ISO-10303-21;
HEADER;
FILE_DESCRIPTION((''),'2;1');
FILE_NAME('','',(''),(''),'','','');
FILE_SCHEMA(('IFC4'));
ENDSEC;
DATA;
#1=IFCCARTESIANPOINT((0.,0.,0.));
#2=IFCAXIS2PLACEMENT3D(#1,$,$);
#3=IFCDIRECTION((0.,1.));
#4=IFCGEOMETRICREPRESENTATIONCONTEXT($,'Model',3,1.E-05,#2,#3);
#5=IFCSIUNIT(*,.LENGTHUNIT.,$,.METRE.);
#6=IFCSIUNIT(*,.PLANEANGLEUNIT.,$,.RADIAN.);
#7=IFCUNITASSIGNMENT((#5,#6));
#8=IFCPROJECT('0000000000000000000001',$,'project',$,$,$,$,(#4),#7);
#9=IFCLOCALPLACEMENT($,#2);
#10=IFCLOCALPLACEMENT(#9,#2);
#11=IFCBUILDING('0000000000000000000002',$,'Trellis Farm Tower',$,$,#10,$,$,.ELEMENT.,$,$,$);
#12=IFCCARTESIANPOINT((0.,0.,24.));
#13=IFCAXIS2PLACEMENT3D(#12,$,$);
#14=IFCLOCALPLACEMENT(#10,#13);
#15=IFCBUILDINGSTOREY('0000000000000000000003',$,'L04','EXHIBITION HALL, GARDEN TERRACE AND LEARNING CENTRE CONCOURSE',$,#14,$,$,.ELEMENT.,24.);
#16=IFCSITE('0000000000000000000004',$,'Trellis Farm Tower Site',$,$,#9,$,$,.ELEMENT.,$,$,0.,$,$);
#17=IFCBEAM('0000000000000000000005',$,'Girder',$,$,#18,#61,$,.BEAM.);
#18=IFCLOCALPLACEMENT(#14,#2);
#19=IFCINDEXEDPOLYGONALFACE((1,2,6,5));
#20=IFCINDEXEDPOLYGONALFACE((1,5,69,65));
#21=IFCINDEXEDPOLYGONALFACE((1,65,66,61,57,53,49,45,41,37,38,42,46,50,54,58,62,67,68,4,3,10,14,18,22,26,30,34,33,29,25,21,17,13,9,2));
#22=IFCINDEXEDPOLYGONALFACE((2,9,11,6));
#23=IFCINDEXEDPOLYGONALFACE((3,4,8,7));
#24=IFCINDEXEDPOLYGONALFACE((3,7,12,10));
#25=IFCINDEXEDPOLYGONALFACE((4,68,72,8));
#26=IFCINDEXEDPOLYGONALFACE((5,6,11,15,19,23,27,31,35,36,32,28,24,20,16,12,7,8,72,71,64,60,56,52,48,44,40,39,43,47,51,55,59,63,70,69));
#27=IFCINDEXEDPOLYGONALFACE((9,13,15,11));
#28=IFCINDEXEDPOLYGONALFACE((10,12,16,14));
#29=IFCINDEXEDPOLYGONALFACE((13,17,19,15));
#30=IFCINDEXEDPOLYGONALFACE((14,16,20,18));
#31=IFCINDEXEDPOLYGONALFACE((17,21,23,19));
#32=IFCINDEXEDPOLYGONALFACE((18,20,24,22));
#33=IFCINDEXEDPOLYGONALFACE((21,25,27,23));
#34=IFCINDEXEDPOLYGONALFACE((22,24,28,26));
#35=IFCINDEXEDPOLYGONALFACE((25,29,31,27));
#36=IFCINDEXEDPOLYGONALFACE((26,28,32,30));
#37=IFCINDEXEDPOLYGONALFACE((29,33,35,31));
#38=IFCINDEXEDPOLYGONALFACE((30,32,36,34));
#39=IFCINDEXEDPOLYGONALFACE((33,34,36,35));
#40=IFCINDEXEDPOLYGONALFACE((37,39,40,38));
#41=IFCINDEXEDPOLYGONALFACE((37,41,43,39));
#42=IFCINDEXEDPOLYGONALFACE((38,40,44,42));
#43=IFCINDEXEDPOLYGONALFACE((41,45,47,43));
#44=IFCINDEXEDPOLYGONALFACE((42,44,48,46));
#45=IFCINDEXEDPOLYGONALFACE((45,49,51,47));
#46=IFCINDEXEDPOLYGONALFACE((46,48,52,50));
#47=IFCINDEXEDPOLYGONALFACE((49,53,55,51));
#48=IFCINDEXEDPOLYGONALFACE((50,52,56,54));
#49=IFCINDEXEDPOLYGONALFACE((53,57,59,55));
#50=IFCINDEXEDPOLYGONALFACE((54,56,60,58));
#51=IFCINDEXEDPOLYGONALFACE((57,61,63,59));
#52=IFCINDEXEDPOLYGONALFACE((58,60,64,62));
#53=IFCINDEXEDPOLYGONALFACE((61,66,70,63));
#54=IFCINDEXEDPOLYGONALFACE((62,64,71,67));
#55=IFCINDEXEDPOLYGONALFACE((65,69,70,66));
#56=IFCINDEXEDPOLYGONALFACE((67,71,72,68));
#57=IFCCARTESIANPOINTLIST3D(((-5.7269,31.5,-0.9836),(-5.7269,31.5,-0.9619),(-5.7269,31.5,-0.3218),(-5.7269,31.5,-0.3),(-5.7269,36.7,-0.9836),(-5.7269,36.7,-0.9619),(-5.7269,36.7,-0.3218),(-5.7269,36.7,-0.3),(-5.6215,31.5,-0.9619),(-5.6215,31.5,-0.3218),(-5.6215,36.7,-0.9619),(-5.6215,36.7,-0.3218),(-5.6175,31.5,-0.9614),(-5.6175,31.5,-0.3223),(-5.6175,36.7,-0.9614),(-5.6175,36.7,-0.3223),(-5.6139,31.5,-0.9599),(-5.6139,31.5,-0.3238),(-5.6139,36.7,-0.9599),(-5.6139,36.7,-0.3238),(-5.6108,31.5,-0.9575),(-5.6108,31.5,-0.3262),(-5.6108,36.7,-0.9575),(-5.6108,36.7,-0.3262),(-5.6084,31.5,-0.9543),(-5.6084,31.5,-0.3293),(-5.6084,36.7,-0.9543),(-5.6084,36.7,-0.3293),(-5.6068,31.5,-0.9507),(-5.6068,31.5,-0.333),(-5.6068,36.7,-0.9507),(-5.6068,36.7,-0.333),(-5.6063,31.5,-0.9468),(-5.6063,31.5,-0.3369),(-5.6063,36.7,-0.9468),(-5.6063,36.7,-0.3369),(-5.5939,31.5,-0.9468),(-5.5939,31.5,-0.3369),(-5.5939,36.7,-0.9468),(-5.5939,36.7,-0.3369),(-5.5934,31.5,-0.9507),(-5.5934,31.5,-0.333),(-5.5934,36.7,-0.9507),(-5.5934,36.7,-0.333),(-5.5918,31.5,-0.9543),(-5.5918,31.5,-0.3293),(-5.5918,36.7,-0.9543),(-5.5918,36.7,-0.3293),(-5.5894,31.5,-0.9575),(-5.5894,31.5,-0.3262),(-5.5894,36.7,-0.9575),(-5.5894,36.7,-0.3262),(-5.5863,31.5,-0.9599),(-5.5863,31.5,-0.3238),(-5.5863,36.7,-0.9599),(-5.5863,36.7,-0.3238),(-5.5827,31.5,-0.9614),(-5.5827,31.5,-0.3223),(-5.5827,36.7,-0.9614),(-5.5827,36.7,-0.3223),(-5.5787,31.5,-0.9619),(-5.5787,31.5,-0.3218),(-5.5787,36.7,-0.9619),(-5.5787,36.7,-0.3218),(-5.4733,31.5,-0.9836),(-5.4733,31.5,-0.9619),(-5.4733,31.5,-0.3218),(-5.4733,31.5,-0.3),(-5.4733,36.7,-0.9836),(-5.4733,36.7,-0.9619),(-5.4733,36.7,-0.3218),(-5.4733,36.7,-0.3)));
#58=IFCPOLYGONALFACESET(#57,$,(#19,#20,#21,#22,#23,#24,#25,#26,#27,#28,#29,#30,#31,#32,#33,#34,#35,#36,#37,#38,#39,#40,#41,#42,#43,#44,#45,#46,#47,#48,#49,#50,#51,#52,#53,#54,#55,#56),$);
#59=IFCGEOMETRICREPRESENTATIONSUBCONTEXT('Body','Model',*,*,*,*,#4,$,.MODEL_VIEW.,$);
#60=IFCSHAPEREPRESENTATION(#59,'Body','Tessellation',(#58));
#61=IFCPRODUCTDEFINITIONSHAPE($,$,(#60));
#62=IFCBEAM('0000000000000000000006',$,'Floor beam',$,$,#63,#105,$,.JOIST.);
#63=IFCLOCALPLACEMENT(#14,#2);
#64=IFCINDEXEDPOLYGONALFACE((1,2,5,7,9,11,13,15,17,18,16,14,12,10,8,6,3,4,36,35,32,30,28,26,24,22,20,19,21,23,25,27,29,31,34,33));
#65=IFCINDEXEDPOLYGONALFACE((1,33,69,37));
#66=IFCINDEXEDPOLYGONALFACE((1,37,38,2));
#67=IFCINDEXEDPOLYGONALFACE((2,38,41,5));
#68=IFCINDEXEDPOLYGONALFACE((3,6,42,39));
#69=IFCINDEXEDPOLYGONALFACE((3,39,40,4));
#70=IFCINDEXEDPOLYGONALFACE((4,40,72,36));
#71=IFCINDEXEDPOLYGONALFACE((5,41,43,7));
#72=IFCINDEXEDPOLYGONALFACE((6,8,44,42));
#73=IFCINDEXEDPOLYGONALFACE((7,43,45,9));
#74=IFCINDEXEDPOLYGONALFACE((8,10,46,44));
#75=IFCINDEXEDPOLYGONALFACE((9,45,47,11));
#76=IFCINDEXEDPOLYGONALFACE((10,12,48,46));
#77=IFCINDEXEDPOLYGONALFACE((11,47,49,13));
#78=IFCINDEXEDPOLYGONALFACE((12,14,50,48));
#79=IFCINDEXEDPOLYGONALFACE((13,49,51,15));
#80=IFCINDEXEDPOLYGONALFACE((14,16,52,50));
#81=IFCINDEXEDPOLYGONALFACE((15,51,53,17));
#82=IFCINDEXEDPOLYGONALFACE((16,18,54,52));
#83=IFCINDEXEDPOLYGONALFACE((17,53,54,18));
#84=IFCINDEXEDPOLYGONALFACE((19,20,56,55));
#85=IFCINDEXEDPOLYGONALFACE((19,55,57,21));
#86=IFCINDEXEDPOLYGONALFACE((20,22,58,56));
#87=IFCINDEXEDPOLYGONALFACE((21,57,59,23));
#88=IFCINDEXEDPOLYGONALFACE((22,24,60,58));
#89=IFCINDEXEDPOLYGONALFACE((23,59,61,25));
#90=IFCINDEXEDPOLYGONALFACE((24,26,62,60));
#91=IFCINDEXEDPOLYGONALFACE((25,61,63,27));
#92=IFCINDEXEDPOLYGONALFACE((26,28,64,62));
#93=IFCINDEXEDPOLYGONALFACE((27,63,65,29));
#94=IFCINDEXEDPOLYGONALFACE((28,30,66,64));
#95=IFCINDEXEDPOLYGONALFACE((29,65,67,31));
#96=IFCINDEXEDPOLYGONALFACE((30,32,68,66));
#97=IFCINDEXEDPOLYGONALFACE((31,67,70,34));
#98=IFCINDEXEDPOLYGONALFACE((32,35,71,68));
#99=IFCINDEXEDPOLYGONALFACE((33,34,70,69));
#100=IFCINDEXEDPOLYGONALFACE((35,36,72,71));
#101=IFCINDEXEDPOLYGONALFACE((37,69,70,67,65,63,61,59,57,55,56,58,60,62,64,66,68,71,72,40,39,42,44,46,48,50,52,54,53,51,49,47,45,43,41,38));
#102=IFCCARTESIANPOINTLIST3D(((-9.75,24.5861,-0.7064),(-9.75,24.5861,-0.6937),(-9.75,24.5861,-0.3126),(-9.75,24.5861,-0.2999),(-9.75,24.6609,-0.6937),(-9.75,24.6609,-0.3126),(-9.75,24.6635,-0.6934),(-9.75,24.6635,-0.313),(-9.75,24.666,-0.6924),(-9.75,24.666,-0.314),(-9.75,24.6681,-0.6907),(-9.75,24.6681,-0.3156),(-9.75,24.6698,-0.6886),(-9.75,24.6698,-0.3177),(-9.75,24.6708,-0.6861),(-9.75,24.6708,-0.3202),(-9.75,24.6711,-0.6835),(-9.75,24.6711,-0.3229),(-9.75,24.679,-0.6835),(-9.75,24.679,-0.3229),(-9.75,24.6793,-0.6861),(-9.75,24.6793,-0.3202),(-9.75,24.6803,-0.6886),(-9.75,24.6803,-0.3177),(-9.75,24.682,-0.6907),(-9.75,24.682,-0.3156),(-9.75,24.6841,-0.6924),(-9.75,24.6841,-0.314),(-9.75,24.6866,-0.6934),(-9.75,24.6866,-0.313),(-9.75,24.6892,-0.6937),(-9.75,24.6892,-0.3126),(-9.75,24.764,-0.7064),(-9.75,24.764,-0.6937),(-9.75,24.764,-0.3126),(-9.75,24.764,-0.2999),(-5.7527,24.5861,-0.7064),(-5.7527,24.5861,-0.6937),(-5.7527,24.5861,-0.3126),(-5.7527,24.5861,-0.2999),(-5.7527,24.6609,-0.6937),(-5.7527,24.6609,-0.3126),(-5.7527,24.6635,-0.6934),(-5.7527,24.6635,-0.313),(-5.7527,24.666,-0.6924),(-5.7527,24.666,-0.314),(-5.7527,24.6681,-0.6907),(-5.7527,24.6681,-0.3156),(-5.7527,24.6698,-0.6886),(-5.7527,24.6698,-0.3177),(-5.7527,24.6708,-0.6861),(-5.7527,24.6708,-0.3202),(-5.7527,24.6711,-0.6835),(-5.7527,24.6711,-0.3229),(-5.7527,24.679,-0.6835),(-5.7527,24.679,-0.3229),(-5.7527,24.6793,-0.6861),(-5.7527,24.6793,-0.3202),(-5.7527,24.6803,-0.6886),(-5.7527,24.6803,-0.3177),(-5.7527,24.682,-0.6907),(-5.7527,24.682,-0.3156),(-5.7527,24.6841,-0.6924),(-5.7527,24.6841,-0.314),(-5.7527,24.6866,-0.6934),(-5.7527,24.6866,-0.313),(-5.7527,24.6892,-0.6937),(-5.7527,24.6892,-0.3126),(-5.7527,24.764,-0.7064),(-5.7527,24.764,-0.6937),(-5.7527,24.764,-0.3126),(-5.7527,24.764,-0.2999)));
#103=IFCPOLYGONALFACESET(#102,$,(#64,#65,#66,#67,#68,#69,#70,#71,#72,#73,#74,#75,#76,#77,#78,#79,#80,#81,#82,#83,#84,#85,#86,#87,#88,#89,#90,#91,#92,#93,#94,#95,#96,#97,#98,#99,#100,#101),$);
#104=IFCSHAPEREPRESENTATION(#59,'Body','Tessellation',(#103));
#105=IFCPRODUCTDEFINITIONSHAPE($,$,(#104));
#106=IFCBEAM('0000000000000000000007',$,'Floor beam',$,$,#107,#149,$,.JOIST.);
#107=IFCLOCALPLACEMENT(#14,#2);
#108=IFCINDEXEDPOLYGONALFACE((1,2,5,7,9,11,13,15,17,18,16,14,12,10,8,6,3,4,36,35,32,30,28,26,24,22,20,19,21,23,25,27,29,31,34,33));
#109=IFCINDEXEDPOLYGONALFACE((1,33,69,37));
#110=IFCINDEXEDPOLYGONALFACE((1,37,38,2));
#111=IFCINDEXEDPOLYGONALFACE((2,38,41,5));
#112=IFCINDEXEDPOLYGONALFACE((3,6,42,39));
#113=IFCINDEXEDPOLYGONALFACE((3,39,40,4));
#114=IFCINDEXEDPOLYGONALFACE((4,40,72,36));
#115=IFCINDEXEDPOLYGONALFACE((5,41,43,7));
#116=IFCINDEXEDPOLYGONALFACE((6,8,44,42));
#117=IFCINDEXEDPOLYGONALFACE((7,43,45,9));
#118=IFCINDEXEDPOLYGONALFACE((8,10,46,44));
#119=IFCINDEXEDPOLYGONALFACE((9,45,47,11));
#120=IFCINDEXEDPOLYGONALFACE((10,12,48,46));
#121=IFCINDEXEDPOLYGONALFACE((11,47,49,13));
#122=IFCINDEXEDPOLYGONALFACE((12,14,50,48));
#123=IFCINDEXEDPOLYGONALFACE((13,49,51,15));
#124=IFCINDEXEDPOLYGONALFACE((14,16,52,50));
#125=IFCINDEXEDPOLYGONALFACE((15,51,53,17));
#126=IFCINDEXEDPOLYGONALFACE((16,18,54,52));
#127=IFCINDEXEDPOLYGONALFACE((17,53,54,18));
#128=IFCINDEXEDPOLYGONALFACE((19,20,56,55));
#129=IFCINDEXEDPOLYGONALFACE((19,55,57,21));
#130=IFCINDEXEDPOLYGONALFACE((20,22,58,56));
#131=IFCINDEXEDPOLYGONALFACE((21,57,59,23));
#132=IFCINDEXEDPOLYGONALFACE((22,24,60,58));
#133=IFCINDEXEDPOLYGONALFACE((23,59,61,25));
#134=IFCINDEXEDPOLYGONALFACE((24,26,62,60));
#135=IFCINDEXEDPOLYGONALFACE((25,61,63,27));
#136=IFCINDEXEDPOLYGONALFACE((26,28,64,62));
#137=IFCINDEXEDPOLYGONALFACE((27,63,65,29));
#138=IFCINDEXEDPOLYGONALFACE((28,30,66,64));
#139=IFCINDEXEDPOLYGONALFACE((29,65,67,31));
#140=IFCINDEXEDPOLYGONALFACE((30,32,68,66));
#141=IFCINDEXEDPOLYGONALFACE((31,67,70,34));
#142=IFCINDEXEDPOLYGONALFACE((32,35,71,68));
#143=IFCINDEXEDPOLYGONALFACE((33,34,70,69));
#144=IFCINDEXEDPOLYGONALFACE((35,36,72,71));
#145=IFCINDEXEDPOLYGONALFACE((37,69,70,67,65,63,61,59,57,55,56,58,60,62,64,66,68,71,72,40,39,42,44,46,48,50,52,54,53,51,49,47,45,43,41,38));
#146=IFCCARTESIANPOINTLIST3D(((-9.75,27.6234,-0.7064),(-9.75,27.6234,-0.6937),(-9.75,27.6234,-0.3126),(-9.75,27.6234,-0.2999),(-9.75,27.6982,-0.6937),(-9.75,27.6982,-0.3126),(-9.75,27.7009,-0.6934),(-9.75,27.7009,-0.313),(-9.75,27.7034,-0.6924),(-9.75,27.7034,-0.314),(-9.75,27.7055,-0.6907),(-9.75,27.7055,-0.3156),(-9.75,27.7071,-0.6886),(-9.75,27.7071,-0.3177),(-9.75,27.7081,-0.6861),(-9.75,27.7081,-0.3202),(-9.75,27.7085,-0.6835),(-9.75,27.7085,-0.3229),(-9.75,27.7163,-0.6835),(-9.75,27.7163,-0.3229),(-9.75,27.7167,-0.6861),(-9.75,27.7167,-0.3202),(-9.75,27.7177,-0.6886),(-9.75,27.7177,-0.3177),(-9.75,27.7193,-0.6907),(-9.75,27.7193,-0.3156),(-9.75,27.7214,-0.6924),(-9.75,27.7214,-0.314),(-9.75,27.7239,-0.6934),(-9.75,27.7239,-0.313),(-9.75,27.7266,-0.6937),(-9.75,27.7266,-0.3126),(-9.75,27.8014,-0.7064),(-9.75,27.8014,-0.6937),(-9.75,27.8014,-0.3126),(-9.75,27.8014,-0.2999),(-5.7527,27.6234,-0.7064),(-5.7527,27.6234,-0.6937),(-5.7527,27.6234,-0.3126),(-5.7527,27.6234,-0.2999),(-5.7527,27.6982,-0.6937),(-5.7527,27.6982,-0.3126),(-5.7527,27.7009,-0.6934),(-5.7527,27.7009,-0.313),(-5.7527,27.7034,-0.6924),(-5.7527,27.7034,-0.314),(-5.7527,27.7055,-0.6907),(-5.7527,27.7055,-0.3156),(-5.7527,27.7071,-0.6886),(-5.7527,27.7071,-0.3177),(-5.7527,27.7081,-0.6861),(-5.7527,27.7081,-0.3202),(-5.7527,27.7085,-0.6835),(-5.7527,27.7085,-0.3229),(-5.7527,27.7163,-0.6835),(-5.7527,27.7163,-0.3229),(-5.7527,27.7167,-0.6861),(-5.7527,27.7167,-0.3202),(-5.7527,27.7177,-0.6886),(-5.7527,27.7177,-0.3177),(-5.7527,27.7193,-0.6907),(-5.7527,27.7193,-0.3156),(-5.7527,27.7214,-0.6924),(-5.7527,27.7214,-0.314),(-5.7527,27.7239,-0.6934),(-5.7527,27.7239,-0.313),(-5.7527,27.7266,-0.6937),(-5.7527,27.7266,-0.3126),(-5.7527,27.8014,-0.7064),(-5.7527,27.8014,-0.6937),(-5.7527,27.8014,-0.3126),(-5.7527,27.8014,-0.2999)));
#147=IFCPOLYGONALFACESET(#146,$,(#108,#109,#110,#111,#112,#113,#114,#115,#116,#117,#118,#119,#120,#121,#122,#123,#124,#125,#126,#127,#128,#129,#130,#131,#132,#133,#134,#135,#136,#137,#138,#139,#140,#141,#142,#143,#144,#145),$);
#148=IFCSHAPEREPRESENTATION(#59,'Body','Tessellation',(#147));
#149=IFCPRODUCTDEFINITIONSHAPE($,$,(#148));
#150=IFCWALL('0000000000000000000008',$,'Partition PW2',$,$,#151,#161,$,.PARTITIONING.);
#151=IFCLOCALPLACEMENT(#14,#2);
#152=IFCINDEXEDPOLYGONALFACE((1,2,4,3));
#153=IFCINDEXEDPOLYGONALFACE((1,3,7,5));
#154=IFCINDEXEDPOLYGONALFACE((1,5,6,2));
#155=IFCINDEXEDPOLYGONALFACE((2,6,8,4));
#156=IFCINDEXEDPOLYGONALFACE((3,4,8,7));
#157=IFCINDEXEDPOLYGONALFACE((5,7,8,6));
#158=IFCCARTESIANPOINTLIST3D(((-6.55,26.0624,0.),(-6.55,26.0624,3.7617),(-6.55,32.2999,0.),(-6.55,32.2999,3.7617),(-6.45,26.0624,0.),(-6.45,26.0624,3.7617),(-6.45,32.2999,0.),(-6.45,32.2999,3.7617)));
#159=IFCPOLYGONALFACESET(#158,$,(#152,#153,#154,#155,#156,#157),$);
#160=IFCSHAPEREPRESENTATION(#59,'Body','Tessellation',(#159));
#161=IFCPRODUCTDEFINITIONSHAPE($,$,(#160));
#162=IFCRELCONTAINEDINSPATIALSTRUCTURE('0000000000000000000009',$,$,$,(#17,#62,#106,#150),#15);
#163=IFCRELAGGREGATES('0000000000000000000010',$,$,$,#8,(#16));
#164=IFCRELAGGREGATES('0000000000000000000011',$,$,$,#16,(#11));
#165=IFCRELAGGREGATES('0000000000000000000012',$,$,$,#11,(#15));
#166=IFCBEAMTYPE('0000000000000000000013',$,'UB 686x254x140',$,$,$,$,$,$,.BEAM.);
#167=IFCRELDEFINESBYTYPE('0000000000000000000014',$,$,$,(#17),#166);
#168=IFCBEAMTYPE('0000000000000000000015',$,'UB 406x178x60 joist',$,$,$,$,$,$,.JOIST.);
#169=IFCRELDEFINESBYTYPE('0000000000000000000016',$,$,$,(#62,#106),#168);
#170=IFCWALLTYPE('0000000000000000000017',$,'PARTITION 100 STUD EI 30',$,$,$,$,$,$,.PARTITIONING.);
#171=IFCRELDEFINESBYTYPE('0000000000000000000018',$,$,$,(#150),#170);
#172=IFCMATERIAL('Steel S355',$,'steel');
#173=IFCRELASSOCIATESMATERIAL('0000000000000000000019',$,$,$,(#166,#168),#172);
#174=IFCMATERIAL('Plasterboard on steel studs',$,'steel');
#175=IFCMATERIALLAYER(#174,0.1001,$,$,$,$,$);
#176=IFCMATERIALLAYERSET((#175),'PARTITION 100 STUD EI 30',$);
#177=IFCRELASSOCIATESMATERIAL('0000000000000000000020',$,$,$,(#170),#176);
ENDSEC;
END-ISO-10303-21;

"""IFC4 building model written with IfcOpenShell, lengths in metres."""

from ifc_helpers import new_model, si_unit, direction, frame, frame_2d, origin, origin_2d, place, context, subcontext, project, spatial, rectangle, i_section, extrude, source, transform, mapped, material, layer, layer_set, material_profile, profile_set, type_object, element, save


model = new_model("IFC4")

# Units and contexts
model_context = context("Model", 3, precision=1e-05, world=origin(), true_north=direction((0.0, 1.0)))
body_context = subcontext(model_context, "Body", "Model", "MODEL_VIEW")
ifc_project = project(units=[si_unit("LENGTHUNIT", "METRE"), si_unit("PLANEANGLEUNIT", "RADIAN")], contexts=[model_context])

# Site, building, storey
site_placement = place(None, origin())
site = spatial("IfcSite", under=ifc_project, at=site_placement, Name="Trellis Farm Tower Site", CompositionType="ELEMENT", RefElevation=0.0)
building_placement = place(site_placement, origin())
building = spatial("IfcBuilding", under=site, at=building_placement, Name="Trellis Farm Tower", CompositionType="ELEMENT")
storey_placement = place(building_placement, frame((0.0, 0.0, 24.0)))
storey = spatial("IfcBuildingStorey", under=building, at=storey_placement, Name="L04", Description="EXHIBITION HALL, GARDEN TERRACE AND LEARNING CENTRE CONCOURSE", CompositionType="ELEMENT", Elevation=24.0)

# Beams
ifc_material_1 = material(Name="Steel S355", Category="steel")
ifc_material_profile_1 = material_profile(ifc_material_1, i_section(OverallWidth=0.2537, OverallDepth=0.6836, WebThickness=0.0125, FlangeThickness=0.0217, FilletRadius=0.0151, at=origin_2d()), Name="UB 686x254x140")
ifc_profile_set_1 = profile_set([ifc_material_profile_1], Name="Steel S355")
beam_type_1 = type_object("IfcBeamType", Name="UB 686x254x140", PredefinedType="BEAM", material=ifc_profile_set_1)
shared_shape_1 = source(origin(), body_context, "Body", "SweptSolid", [
    extrude(i_section(OverallWidth=0.2537, OverallDepth=0.6836, WebThickness=0.0125, FlangeThickness=0.0217, FilletRadius=0.0151, at=origin_2d()), origin(), (0.0, 0.0, 1.0), 5.2),
])
beam_1_placement = place(storey_placement, frame((-5.6001, 31.5, -0.6418), z_axis=(0.0, 1.0, 0.0), x_axis=(-1.0, 0.0, 0.0)))
element("IfcBeam", 1, at=beam_1_placement, inside=storey, type_object=beam_type_1, Name="Girder", PredefinedType="BEAM", context=body_context, shape_type="MappedRepresentation", body=[
    mapped(shared_shape_1, transform((0.0, 0.0, 0.0))),
])
ifc_material_profile_2 = material_profile(ifc_material_1, i_section(OverallWidth=0.178, OverallDepth=0.4065, WebThickness=0.0078, FlangeThickness=0.0127, FilletRadius=0.0103, at=origin_2d()), Name="UB 406x178x60")
ifc_profile_set_2 = profile_set([ifc_material_profile_2], Name="Steel S355")
beam_type_2 = type_object("IfcBeamType", Name="UB 406x178x60 joist", PredefinedType="JOIST", material=ifc_profile_set_2)
shared_shape_2 = source(origin(), body_context, "Body", "SweptSolid", [
    extrude(i_section(OverallWidth=0.178, OverallDepth=0.4065, WebThickness=0.0078, FlangeThickness=0.0127, FilletRadius=0.0103, at=origin_2d()), origin(), (0.0, 0.0, 1.0), 3.9973),
])
for number, where, z_axis, x_axis, name in (
    (2, (-9.75, 24.675, -0.5032), (1.0, 0.0, 0.0), (0.0, 1.0, 0.0), "Floor beam"),
    (3, (-9.75, 27.7124, -0.5032), (1.0, 0.0, 0.0), (0.0, 1.0, 0.0), "Floor beam"),
):
    element("IfcBeam", number, at=place(storey_placement, frame(where, z_axis=z_axis, x_axis=x_axis)), inside=storey, type_object=beam_type_2, Name=name, PredefinedType="JOIST", context=body_context, shape_type="MappedRepresentation", body=[
        mapped(shared_shape_2, transform((0.0, 0.0, 0.0))),
    ])

# Wall
ifc_material_2 = material(Name="Plasterboard on steel studs", Category="steel")
ifc_layer_1 = layer(ifc_material_2, 0.1001)
ifc_layer_set_1 = layer_set([ifc_layer_1], Name="PARTITION 100 STUD EI 30")
wall_type_1 = type_object("IfcWallType", Name="PARTITION 100 STUD EI 30", PredefinedType="PARTITIONING", material=ifc_layer_set_1)
wall_1_placement = place(storey_placement, frame((-6.5, 26.0625, 0.0), z_axis=(0.0, 0.0, 1.0), x_axis=(0.0, 1.0, 0.0)))
element("IfcWall", 4, at=wall_1_placement, inside=storey, type_object=wall_type_1, Name="Partition PW2", PredefinedType="PARTITIONING", context=body_context, shape_type="SweptSolid", body=[
    extrude(rectangle(XDim=6.2375, YDim=0.1001, at=frame_2d((3.1187, 0.0))), origin(), (0.0, 0.0, 1.0), 3.7617),
])

save(model, "model.ifc")
